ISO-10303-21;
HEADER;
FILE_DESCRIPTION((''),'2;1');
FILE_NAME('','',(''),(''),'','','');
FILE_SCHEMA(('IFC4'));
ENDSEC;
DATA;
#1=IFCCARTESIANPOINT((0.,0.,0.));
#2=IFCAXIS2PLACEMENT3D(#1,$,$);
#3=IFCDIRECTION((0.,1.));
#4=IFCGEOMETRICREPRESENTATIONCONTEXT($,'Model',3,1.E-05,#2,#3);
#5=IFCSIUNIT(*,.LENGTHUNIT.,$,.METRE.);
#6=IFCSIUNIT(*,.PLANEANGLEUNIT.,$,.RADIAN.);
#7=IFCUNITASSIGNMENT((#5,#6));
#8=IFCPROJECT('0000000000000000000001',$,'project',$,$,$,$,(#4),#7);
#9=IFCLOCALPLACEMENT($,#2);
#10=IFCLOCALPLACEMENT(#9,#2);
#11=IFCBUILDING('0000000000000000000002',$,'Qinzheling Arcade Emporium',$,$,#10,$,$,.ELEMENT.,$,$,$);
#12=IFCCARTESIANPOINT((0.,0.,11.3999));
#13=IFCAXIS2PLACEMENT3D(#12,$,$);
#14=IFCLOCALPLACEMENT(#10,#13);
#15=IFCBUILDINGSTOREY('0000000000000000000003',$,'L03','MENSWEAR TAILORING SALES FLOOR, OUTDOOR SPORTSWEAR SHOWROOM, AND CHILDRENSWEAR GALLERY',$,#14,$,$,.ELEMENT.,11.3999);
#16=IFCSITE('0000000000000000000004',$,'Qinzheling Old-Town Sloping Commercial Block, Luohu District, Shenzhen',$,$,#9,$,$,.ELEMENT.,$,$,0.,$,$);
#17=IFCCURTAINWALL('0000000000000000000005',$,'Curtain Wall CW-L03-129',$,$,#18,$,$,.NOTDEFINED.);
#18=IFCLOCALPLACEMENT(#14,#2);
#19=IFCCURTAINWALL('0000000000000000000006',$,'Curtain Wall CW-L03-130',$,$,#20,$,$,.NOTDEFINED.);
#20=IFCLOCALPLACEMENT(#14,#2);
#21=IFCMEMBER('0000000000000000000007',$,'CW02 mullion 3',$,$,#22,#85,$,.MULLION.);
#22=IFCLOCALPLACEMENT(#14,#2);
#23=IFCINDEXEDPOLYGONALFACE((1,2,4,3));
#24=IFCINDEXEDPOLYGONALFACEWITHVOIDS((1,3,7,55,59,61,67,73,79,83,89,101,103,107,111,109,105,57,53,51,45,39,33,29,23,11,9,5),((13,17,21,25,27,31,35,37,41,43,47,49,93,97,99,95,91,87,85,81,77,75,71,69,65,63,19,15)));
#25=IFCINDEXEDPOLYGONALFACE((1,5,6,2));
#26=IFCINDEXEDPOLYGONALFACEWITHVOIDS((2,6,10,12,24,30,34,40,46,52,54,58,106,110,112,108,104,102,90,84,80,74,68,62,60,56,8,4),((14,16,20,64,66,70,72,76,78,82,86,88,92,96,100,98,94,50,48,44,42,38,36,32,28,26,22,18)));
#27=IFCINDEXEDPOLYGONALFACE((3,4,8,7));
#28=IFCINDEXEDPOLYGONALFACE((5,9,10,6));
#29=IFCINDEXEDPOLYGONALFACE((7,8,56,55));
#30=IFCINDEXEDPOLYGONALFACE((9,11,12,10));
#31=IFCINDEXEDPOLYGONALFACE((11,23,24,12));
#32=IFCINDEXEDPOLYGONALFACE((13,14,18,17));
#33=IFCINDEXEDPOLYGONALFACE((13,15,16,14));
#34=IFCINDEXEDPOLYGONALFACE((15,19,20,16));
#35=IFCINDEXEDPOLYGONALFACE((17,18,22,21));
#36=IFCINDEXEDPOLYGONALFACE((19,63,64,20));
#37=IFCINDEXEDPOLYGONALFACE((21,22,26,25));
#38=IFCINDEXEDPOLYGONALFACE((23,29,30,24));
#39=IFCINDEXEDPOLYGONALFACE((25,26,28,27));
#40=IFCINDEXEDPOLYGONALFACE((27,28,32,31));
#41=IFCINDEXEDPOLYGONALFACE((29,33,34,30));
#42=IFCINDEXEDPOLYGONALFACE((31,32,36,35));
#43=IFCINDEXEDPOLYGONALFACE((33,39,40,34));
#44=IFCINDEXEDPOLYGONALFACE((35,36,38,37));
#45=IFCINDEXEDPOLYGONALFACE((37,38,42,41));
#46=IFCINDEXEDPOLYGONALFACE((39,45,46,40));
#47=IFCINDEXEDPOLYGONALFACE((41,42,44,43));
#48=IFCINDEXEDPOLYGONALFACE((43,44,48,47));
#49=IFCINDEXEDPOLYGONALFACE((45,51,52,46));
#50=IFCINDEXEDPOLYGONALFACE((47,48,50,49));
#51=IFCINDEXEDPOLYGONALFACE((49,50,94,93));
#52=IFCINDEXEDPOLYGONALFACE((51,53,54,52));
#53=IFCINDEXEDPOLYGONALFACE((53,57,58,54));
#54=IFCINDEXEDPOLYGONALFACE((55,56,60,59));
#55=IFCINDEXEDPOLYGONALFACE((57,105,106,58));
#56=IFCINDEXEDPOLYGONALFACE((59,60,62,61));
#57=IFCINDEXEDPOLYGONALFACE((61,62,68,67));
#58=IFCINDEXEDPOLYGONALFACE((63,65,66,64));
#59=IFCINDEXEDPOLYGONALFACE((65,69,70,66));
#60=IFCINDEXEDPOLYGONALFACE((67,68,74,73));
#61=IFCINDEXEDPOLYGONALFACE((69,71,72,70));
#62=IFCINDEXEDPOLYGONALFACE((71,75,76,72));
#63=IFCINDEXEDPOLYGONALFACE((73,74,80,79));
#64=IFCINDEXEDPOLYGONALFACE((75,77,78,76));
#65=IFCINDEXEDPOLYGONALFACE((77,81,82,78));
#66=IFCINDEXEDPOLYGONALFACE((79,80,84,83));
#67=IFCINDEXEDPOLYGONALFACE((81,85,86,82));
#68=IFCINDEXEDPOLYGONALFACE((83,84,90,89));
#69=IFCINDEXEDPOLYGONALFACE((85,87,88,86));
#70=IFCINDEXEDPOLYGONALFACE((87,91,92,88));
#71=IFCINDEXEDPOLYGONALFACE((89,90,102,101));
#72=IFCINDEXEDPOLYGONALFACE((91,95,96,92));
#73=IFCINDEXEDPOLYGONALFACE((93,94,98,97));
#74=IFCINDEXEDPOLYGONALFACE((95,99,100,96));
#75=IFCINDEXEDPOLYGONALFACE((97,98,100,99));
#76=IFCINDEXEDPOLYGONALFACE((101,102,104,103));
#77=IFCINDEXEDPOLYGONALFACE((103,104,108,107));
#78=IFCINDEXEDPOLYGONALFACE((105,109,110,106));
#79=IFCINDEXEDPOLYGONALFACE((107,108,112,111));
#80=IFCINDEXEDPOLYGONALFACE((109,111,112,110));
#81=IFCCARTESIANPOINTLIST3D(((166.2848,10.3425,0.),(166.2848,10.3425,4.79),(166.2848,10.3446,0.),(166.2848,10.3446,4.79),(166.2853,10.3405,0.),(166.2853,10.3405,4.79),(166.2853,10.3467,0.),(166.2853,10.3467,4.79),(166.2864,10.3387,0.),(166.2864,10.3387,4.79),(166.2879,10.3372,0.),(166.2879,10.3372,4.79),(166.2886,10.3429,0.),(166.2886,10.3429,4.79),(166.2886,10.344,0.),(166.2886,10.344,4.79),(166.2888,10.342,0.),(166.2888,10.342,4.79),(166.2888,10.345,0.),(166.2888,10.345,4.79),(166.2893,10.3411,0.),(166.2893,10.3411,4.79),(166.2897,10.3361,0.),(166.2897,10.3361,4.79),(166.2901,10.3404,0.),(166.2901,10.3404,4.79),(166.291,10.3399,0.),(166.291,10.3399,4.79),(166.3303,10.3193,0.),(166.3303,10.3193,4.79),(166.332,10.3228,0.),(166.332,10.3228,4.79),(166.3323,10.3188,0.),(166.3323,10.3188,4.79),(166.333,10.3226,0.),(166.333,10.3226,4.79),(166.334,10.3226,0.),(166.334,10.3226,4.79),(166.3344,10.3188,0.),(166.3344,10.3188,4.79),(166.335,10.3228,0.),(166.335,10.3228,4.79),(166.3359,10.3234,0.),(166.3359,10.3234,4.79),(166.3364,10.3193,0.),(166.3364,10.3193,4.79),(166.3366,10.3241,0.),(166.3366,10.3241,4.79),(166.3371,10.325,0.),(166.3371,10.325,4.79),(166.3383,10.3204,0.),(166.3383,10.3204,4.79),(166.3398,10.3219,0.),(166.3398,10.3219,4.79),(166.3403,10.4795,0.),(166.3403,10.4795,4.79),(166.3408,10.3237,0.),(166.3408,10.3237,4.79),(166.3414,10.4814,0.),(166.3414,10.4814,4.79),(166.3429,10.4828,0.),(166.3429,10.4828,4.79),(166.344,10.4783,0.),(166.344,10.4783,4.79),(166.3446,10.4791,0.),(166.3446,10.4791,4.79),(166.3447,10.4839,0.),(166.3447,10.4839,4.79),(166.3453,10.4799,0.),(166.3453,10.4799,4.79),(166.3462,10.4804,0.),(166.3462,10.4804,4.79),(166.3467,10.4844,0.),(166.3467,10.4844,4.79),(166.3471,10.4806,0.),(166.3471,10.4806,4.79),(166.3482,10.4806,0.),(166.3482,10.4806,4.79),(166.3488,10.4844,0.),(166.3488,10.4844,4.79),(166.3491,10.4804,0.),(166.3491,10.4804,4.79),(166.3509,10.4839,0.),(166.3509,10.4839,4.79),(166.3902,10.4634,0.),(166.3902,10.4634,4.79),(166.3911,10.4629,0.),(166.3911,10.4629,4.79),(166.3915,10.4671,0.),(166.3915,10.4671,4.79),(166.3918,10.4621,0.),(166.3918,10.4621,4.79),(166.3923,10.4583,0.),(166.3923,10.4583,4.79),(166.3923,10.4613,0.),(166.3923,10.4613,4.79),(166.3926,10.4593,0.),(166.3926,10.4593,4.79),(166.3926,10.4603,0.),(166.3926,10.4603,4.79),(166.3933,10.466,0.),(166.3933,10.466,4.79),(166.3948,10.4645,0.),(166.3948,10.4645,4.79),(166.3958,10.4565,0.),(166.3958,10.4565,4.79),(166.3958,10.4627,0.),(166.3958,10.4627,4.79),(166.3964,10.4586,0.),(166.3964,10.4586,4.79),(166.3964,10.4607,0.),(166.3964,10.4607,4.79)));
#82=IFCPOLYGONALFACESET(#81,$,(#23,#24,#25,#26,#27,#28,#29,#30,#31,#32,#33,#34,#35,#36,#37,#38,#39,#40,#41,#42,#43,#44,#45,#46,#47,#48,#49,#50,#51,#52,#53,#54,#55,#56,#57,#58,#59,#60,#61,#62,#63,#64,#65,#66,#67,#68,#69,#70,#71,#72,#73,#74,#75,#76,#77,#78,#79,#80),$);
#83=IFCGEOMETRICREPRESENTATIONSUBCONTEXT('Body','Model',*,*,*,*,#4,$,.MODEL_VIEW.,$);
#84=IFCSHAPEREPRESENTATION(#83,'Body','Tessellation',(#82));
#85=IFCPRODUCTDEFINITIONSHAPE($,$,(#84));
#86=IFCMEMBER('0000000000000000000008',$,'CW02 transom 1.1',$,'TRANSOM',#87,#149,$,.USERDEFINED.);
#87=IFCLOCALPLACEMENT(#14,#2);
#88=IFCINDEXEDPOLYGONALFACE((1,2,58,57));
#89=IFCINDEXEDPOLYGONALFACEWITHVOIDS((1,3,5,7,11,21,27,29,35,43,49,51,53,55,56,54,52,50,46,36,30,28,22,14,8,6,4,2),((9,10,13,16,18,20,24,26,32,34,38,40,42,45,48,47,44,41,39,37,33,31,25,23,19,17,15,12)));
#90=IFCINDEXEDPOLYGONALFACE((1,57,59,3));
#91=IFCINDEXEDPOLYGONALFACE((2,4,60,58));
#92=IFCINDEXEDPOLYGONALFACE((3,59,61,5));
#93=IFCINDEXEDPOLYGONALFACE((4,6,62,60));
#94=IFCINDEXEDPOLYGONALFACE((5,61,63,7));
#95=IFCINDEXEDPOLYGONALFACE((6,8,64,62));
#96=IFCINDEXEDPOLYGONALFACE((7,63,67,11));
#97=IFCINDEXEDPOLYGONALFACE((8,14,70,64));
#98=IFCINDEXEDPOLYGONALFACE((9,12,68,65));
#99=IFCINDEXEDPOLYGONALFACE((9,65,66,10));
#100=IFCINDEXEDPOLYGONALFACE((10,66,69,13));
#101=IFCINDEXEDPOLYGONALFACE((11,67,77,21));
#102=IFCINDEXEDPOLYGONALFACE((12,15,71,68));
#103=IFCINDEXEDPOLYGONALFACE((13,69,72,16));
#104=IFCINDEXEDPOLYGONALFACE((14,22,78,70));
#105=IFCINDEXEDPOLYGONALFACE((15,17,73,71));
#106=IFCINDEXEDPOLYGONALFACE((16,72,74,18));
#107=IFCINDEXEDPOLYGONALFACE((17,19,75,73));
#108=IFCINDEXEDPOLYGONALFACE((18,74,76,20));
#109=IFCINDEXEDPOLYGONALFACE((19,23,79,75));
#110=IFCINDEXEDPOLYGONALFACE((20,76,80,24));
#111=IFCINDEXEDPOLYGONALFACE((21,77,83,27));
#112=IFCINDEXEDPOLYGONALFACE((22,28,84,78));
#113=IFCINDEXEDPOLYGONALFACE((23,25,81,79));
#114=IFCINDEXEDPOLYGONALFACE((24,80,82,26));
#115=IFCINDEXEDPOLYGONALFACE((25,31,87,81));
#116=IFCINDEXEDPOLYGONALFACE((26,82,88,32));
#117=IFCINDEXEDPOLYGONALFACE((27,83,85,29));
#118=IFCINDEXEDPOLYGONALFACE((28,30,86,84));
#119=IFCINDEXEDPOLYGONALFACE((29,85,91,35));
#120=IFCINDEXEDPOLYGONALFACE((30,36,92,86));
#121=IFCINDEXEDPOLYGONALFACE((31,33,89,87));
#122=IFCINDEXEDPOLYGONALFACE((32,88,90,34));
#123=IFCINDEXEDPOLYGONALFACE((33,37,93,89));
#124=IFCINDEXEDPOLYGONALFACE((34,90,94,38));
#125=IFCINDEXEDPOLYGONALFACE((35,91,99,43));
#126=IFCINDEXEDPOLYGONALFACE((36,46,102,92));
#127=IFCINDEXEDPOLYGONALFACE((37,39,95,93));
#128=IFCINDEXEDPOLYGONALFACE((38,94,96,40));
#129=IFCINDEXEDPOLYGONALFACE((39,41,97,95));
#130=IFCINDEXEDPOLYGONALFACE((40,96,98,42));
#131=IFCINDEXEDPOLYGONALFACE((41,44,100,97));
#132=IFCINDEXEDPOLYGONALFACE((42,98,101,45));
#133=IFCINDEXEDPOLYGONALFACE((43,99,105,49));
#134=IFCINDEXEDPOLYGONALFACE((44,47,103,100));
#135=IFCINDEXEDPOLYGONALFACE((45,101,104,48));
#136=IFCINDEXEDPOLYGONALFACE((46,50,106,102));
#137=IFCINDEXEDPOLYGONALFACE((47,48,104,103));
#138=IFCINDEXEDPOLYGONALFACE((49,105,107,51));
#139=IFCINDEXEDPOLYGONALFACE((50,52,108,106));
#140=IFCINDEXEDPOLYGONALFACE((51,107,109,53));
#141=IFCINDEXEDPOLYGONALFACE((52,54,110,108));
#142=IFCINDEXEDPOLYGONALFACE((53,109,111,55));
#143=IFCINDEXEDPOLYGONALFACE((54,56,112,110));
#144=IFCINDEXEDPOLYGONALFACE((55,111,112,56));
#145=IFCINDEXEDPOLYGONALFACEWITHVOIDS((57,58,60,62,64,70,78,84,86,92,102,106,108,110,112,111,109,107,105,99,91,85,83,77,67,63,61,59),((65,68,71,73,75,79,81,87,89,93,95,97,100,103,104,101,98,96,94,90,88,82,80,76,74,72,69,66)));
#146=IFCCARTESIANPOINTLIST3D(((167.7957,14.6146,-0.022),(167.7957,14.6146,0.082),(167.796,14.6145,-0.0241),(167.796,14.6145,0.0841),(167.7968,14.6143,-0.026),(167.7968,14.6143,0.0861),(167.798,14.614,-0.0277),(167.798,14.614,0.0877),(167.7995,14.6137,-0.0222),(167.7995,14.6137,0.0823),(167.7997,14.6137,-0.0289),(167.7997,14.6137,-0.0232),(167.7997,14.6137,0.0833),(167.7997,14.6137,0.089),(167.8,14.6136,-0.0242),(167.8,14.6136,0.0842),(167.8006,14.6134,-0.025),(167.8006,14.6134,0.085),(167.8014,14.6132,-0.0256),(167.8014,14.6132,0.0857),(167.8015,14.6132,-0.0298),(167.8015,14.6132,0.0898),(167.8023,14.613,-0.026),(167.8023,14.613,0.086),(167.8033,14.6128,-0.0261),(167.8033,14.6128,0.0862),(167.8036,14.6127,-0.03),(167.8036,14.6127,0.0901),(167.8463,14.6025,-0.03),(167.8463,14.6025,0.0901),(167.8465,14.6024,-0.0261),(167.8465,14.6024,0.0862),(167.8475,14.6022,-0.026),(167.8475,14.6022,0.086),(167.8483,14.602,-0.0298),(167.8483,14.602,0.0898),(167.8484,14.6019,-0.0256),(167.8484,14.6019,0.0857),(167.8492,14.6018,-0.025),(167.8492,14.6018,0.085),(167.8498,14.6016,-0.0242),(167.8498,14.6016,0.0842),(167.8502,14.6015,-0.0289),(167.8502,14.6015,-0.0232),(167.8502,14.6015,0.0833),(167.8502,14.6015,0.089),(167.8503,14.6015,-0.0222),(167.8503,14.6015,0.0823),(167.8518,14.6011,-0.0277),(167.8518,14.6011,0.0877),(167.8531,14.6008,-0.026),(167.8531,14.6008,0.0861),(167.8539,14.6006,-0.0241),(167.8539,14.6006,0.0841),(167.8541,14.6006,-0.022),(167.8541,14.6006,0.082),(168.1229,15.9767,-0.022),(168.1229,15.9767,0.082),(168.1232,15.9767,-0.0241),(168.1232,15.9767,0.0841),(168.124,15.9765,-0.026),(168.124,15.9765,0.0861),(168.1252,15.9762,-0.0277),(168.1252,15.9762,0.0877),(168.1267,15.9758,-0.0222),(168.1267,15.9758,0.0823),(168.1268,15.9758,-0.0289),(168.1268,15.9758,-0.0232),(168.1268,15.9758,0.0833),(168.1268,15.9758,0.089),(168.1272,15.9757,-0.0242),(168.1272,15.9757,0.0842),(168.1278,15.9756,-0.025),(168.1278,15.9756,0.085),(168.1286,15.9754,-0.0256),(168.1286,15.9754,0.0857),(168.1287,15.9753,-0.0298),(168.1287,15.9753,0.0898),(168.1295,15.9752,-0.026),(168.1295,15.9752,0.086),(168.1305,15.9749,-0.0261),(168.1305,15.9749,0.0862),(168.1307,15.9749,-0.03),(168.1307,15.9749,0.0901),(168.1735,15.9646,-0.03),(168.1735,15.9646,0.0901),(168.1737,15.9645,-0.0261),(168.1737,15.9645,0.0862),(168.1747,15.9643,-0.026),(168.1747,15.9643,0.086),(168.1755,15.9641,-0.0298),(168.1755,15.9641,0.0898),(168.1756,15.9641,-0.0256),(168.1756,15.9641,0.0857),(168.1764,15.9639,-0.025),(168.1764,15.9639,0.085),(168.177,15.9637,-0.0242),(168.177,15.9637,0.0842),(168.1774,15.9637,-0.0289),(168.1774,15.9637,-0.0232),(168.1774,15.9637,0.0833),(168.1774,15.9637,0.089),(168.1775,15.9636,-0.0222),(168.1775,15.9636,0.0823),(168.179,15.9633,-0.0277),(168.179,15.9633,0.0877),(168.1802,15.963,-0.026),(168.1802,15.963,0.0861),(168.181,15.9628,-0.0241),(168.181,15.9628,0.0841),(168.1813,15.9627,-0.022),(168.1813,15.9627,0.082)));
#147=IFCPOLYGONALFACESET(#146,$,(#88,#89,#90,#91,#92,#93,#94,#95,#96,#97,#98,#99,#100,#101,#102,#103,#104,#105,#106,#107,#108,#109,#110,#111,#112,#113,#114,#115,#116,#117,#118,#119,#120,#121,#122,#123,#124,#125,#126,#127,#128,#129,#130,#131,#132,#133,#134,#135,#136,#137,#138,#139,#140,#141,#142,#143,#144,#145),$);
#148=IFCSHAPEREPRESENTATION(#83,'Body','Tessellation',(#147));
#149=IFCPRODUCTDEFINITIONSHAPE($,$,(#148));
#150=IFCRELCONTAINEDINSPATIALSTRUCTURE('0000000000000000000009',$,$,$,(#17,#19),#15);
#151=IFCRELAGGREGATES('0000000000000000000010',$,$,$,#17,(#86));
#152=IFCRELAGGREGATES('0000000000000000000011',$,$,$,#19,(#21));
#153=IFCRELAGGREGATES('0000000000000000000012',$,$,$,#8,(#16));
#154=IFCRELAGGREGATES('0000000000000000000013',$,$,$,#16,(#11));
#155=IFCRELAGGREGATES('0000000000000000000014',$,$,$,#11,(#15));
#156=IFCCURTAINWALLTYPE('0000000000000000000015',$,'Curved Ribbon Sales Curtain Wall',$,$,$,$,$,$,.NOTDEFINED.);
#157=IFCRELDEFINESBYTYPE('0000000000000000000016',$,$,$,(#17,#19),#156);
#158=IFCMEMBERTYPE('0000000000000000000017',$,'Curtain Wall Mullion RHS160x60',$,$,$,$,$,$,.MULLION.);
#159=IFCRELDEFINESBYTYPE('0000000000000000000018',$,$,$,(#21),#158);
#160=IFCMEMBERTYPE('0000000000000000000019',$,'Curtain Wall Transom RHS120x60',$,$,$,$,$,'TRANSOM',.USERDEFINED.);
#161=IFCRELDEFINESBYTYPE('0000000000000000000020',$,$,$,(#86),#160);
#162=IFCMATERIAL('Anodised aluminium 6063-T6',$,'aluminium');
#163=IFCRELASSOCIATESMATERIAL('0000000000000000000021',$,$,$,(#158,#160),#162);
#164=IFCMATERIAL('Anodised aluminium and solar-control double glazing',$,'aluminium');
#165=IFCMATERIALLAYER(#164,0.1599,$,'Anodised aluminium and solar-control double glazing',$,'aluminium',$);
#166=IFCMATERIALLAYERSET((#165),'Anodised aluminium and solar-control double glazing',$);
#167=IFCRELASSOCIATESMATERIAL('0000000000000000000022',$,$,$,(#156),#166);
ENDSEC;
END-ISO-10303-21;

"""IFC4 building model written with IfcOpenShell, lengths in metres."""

from ifc_helpers import new_model, si_unit, direction, frame, origin, origin_2d, place, context, subcontext, project, spatial, hollow_rectangle, extrude, material, layer, layer_set, material_profile, profile_set, type_object, element, aggregate, save


model = new_model("IFC4")

# Units and contexts
model_context = context("Model", 3, precision=1e-05, world=origin(), true_north=direction((0.0, 1.0)))
body_context = subcontext(model_context, "Body", "Model", "MODEL_VIEW")
ifc_project = project(units=[si_unit("LENGTHUNIT", "METRE"), si_unit("PLANEANGLEUNIT", "RADIAN")], contexts=[model_context])

# Site, building, storey
site_placement = place(None, origin())
site = spatial("IfcSite", under=ifc_project, at=site_placement, Name="Qinzheling Old-Town Sloping Commercial Block, Luohu District, Shenzhen", CompositionType="ELEMENT", RefElevation=0.0)
building_placement = place(site_placement, origin())
building = spatial("IfcBuilding", under=site, at=building_placement, Name="Qinzheling Arcade Emporium", CompositionType="ELEMENT")
storey_placement = place(building_placement, frame((0.0, 0.0, 11.3999)))
storey = spatial("IfcBuildingStorey", under=building, at=storey_placement, Name="L03", Description="MENSWEAR TAILORING SALES FLOOR, OUTDOOR SPORTSWEAR SHOWROOM, AND CHILDRENSWEAR GALLERY", CompositionType="ELEMENT", Elevation=11.3999)

# Shared definitions
ifc_material_1 = material(Name="Anodised aluminium and solar-control double glazing", Category="aluminium")
ifc_material_2 = material(Name="Anodised aluminium 6063-T6", Category="aluminium")
ifc_material_profile_1 = material_profile(ifc_material_2, hollow_rectangle(XDim=0.0601, YDim=0.1599, WallThickness=0.0039, InnerFilletRadius=0.0039, OuterFilletRadius=0.0081, at=origin_2d()), Name="RHS 160x60x4", Category="aluminium")
ifc_profile_set_1 = profile_set([ifc_material_profile_1], Name="Anodised aluminium 6063-T6")
member_type_1 = type_object("IfcMemberType", Name="Curtain Wall Mullion RHS160x60", PredefinedType="MULLION", material=ifc_profile_set_1)

# Curtain walls, member
ifc_layer_1 = layer(ifc_material_1, 0.1599, Name="Anodised aluminium and solar-control double glazing", Category="aluminium")
ifc_layer_set_1 = layer_set([ifc_layer_1], Name="Anodised aluminium and solar-control double glazing")
curtain_wall_type_1 = type_object("IfcCurtainWallType", Name="Curved Ribbon Sales Curtain Wall", PredefinedType="NOTDEFINED", material=ifc_layer_set_1)
curtain_wall_1_placement = place(storey_placement, origin())
curtain_wall_1 = element("IfcCurtainWall", 1, at=curtain_wall_1_placement, inside=storey, type_object=curtain_wall_type_1, Name="Curtain Wall CW-L03-129", PredefinedType="NOTDEFINED")
curtain_wall_2_placement = place(storey_placement, origin())
curtain_wall_2 = element("IfcCurtainWall", 2, at=curtain_wall_2_placement, inside=storey, type_object=curtain_wall_type_1, Name="Curtain Wall CW-L03-130", PredefinedType="NOTDEFINED")
member_1_placement = place(storey_placement, frame((166.3406, 10.4016, 0.0), z_axis=(0.0, 0.0, 1.0), x_axis=(0.923898, -0.382638, 0.0)))
member_1 = element("IfcMember", 3, at=member_1_placement, type_object=member_type_1, Name="CW02 mullion 3", PredefinedType="MULLION", context=body_context, shape_type="SweptSolid", body=[
    extrude(hollow_rectangle(XDim=0.0601, YDim=0.1599, WallThickness=0.0039, InnerFilletRadius=0.0039, OuterFilletRadius=0.0081, at=origin_2d()), origin(), (0.0, 0.0, 1.0), 4.79),
])

# Member
ifc_material_profile_2 = material_profile(ifc_material_2, hollow_rectangle(XDim=0.0601, YDim=0.1201, WallThickness=0.0039, InnerFilletRadius=0.0039, OuterFilletRadius=0.0081, at=origin_2d()), Name="RHS 120x60x4", Category="aluminium")
ifc_profile_set_2 = profile_set([ifc_material_profile_2], Name="Anodised aluminium 6063-T6")
member_type_2 = type_object("IfcMemberType", Name="Curtain Wall Transom RHS120x60", ElementType="TRANSOM", PredefinedType="USERDEFINED", material=ifc_profile_set_2)
member_2_placement = place(storey_placement, frame((168.1521, 15.9697, 0.03), z_axis=(-0.233544, -0.972346, 0.0), x_axis=(0.972346, -0.233544, 0.0)))
member_2 = element("IfcMember", 4, at=member_2_placement, type_object=member_type_2, Name="CW02 transom 1.1", ObjectType="TRANSOM", PredefinedType="USERDEFINED", context=body_context, shape_type="SweptSolid", body=[
    extrude(hollow_rectangle(XDim=0.0601, YDim=0.1201, WallThickness=0.0039, InnerFilletRadius=0.0039, OuterFilletRadius=0.0081, at=origin_2d()), origin(), (0.0, 0.0, 1.0), 1.4009),
])

aggregate(curtain_wall_1, [member_2])
aggregate(curtain_wall_2, [member_1])

save(model, "model.ifc")
